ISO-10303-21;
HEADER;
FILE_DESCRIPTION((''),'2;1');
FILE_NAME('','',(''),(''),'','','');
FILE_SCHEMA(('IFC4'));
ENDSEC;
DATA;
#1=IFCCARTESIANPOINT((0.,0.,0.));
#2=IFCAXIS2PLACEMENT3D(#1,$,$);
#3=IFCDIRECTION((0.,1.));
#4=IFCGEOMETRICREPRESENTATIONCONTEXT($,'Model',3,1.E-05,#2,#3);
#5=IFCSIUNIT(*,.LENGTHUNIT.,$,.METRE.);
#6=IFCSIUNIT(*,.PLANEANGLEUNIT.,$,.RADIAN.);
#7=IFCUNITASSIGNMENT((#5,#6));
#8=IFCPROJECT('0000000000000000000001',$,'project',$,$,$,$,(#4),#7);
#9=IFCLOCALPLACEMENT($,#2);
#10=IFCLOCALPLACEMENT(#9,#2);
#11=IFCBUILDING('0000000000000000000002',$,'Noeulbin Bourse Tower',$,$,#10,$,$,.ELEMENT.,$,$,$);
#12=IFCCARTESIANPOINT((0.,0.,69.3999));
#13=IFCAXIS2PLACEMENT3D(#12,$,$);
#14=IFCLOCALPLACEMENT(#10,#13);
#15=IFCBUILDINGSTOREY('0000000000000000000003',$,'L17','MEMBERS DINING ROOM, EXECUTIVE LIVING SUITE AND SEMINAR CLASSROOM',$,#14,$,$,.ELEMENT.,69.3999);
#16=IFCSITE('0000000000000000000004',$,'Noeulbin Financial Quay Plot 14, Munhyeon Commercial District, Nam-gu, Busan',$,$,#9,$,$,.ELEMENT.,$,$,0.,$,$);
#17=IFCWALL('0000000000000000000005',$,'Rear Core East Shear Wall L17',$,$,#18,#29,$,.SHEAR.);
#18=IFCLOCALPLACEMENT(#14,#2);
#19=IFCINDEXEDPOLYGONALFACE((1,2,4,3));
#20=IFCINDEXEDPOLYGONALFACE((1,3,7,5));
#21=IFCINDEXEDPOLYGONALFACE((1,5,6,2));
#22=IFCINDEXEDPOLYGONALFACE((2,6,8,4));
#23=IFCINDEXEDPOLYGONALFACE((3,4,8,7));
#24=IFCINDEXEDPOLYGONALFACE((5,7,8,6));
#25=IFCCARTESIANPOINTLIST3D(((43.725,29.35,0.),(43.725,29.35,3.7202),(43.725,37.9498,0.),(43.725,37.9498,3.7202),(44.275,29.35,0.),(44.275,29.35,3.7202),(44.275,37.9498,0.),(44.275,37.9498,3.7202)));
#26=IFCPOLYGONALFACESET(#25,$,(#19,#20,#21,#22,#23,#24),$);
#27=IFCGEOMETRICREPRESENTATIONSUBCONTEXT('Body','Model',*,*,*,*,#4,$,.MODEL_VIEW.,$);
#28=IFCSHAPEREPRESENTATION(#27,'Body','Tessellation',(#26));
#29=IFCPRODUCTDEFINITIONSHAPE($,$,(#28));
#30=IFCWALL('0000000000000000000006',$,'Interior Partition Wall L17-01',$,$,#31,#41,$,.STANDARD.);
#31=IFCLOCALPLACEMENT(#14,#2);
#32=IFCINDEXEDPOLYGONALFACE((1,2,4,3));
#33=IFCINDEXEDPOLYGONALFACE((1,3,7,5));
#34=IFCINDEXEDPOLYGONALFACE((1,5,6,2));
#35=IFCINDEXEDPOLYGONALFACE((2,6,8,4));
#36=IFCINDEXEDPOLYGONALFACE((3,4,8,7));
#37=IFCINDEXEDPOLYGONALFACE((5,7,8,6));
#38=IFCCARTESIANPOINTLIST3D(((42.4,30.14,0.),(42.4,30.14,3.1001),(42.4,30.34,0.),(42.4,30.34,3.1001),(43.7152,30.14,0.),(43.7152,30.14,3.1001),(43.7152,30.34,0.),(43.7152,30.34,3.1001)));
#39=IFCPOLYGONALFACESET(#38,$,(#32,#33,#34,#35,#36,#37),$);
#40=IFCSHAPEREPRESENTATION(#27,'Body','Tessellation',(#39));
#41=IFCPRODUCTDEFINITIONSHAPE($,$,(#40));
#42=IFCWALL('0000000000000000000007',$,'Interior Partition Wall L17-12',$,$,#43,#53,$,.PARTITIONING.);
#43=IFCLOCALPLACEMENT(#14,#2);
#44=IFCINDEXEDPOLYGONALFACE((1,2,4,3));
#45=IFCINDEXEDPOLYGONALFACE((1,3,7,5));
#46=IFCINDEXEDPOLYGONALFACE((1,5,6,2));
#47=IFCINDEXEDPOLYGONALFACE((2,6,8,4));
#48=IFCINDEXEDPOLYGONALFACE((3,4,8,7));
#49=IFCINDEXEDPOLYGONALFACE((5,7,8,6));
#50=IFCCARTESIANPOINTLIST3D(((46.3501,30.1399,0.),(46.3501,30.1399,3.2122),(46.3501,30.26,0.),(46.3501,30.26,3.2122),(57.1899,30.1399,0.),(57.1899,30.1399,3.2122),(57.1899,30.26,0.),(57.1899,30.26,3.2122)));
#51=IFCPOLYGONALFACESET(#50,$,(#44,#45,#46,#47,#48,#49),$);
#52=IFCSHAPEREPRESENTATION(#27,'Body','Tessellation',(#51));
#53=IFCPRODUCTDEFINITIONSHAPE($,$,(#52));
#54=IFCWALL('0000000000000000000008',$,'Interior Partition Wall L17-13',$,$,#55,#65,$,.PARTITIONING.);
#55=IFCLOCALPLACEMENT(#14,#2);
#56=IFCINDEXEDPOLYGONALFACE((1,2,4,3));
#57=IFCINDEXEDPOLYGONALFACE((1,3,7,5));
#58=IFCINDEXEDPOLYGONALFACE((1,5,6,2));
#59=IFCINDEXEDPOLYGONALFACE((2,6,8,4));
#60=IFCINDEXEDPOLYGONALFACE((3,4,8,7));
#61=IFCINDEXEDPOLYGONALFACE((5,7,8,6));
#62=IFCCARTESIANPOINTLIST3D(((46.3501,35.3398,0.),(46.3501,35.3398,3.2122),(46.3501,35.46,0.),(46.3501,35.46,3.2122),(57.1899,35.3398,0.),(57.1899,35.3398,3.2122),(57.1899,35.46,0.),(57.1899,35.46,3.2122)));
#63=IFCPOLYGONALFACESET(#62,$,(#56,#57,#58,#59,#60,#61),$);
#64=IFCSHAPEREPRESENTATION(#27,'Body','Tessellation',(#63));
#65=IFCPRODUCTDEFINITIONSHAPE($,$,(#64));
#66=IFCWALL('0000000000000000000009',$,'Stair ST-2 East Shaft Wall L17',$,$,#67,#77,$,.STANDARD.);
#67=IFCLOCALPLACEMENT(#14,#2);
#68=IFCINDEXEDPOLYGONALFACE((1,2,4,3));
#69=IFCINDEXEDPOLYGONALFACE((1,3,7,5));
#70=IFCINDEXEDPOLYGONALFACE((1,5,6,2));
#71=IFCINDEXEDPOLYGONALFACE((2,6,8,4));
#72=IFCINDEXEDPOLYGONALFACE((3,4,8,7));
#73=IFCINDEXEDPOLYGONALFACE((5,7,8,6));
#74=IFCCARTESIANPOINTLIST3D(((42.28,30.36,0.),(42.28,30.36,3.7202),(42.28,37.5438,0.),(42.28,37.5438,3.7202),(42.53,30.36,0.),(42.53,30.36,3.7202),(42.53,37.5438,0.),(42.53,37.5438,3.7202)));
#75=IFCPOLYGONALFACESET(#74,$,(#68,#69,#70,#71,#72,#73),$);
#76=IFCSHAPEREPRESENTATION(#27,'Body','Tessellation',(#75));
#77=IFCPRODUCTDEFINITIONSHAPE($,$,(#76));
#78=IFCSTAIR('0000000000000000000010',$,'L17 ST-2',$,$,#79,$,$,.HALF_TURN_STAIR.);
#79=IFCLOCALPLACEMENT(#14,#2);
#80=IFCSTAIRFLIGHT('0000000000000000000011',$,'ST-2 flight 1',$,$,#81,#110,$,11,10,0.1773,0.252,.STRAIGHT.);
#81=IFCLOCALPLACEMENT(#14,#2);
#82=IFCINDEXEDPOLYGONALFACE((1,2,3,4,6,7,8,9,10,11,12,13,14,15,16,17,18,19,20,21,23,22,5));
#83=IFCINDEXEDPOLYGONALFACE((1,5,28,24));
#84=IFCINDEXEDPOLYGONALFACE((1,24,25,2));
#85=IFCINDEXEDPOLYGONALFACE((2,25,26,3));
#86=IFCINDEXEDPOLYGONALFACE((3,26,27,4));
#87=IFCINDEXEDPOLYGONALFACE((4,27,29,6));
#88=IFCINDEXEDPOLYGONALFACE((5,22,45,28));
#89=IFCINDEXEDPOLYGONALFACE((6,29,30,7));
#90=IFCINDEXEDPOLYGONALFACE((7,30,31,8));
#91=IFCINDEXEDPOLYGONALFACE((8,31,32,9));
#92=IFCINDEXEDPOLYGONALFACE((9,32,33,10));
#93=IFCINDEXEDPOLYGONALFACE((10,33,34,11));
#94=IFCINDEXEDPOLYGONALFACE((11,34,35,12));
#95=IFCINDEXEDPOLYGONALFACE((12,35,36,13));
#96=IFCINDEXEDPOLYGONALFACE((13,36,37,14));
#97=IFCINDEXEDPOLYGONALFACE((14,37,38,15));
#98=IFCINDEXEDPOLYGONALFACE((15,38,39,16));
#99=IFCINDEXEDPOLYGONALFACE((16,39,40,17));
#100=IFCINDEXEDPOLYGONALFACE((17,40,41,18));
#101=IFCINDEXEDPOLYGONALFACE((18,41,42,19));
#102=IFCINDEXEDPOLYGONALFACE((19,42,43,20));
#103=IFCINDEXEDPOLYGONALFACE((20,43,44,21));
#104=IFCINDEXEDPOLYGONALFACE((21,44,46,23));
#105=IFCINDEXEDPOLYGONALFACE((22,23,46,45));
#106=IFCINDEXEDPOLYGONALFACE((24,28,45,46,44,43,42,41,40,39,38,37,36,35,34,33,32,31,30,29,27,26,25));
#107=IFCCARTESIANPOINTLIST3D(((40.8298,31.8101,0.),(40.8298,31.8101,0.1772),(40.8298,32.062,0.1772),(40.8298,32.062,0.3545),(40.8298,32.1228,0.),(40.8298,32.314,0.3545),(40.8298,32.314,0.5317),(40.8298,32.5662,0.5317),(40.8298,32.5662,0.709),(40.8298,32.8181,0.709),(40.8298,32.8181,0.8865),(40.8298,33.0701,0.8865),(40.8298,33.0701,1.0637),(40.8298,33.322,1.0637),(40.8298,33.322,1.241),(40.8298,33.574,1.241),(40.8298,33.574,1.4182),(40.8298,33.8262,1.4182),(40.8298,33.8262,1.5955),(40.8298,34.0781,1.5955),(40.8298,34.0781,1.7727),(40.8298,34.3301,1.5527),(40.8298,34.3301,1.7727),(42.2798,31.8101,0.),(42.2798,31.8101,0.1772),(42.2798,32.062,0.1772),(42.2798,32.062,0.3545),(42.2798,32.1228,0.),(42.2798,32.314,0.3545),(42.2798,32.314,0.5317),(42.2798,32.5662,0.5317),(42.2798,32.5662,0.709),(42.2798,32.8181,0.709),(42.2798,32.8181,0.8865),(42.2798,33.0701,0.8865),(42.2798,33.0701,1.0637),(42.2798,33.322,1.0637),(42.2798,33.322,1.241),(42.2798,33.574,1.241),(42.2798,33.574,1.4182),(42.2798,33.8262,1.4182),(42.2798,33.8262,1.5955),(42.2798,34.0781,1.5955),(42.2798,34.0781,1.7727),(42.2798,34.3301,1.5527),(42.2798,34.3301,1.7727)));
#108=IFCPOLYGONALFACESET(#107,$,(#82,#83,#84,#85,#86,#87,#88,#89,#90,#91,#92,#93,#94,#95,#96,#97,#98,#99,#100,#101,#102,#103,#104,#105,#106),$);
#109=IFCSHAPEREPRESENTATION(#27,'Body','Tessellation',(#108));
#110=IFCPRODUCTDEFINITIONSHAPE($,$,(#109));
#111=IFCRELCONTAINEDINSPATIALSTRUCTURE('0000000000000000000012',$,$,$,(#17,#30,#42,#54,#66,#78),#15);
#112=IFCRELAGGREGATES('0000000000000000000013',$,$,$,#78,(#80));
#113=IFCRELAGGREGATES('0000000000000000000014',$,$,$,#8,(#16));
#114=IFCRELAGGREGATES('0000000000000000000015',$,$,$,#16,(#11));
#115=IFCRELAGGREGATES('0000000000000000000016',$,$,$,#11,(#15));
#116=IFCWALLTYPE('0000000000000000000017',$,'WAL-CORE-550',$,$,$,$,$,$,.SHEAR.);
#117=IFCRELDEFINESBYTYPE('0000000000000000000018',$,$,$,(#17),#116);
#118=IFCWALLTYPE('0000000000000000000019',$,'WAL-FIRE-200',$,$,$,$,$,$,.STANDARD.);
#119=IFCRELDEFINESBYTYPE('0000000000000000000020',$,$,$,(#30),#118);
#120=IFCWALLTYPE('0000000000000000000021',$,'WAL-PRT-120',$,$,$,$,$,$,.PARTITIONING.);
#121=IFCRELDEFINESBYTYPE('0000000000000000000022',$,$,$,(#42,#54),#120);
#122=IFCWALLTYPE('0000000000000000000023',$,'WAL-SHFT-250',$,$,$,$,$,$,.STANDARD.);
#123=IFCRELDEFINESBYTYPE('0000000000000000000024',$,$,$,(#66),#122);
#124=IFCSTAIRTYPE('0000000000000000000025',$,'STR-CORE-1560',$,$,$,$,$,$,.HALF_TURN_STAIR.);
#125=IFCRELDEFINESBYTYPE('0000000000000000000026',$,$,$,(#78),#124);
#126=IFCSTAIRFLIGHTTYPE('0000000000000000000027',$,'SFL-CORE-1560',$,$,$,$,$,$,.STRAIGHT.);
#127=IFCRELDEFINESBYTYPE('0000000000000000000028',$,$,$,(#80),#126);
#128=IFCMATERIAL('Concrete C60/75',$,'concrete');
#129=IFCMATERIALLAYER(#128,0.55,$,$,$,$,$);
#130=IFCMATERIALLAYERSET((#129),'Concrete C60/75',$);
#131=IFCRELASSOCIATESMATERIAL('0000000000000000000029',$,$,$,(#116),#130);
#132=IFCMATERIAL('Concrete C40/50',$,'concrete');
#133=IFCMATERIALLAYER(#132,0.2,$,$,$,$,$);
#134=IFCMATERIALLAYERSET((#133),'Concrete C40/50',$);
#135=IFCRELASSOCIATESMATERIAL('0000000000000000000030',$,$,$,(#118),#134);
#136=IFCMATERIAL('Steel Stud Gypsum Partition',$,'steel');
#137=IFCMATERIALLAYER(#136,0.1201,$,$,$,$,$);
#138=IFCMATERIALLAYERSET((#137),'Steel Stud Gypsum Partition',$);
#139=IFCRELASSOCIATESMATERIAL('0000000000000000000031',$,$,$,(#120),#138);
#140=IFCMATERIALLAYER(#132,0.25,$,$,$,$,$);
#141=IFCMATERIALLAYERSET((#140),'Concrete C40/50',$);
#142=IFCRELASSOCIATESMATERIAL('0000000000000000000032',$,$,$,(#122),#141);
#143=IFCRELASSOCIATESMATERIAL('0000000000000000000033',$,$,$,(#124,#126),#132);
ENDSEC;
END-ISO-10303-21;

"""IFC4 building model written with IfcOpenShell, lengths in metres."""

from ifc_helpers import new_model, si_unit, direction, frame, frame_2d, origin, place, context, subcontext, project, spatial, polyline, rectangle, outline, extrude, material, layer, layer_set, type_object, element, aggregate, save


model = new_model("IFC4")

# Units and contexts
model_context = context("Model", 3, precision=1e-05, world=origin(), true_north=direction((0.0, 1.0)))
body_context = subcontext(model_context, "Body", "Model", "MODEL_VIEW")
ifc_project = project(units=[si_unit("LENGTHUNIT", "METRE"), si_unit("PLANEANGLEUNIT", "RADIAN")], contexts=[model_context])

# Site, building, storey
site_placement = place(None, origin())
site = spatial("IfcSite", under=ifc_project, at=site_placement, Name="Noeulbin Financial Quay Plot 14, Munhyeon Commercial District, Nam-gu, Busan", CompositionType="ELEMENT", RefElevation=0.0)
building_placement = place(site_placement, origin())
building = spatial("IfcBuilding", under=site, at=building_placement, Name="Noeulbin Bourse Tower", CompositionType="ELEMENT")
storey_placement = place(building_placement, frame((0.0, 0.0, 69.3999)))
storey = spatial("IfcBuildingStorey", under=building, at=storey_placement, Name="L17", Description="MEMBERS DINING ROOM, EXECUTIVE LIVING SUITE AND SEMINAR CLASSROOM", CompositionType="ELEMENT", Elevation=69.3999)

# Walls
ifc_material_1 = material(Name="Concrete C60/75", Category="concrete")
ifc_layer_1 = layer(ifc_material_1, 0.55)
ifc_layer_set_1 = layer_set([ifc_layer_1], Name="Concrete C60/75")
wall_type_1 = type_object("IfcWallType", Name="WAL-CORE-550", PredefinedType="SHEAR", material=ifc_layer_set_1)
wall_1_placement = place(storey_placement, frame((44.0, 29.3501, 0.0), z_axis=(0.0, 0.0, 1.0), x_axis=(0.0, 1.0, 0.0)))
element("IfcWall", 1, at=wall_1_placement, inside=storey, type_object=wall_type_1, Name="Rear Core East Shear Wall L17", PredefinedType="SHEAR", context=body_context, shape_type="SweptSolid", body=[
    extrude(rectangle(XDim=8.5999, YDim=0.55, at=frame_2d((4.2998, 0.0))), origin(), (0.0, 0.0, 1.0), 3.7202),
])
ifc_material_2 = material(Name="Concrete C40/50", Category="concrete")
ifc_layer_2 = layer(ifc_material_2, 0.2)
ifc_layer_set_2 = layer_set([ifc_layer_2], Name="Concrete C40/50")
wall_type_2 = type_object("IfcWallType", Name="WAL-FIRE-200", PredefinedType="STANDARD", material=ifc_layer_set_2)
wall_2_placement = place(storey_placement, frame((42.3999, 30.24, 0.0), z_axis=(0.0, 0.0, 1.0), x_axis=(1.0, 0.0, 0.0)))
element("IfcWall", 2, at=wall_2_placement, inside=storey, type_object=wall_type_2, Name="Interior Partition Wall L17-01", PredefinedType="STANDARD", context=body_context, shape_type="SweptSolid", body=[
    extrude(rectangle(XDim=1.3152, YDim=0.2, at=frame_2d((0.6577, 0.0))), origin(), (0.0, 0.0, 1.0), 3.1001),
])
ifc_material_3 = material(Name="Steel Stud Gypsum Partition", Category="steel")
ifc_layer_3 = layer(ifc_material_3, 0.1201)
ifc_layer_set_3 = layer_set([ifc_layer_3], Name="Steel Stud Gypsum Partition")
wall_type_3 = type_object("IfcWallType", Name="WAL-PRT-120", PredefinedType="PARTITIONING", material=ifc_layer_set_3)
for number, where, z_axis, x_axis, name in (
    (3, (46.3501, 30.2, 0.0), (0.0, 0.0, 1.0), (1.0, 0.0, 0.0), "Interior Partition Wall L17-12"),
    (4, (46.3501, 35.3999, 0.0), (0.0, 0.0, 1.0), (1.0, 0.0, 0.0), "Interior Partition Wall L17-13"),
):
    element("IfcWall", number, at=place(storey_placement, frame(where, z_axis=z_axis, x_axis=x_axis)), inside=storey, type_object=wall_type_3, Name=name, PredefinedType="PARTITIONING", context=body_context, shape_type="SweptSolid", body=[
        extrude(rectangle(XDim=10.8398, YDim=0.1201, at=frame_2d((5.4199, 0.0))), origin(), (0.0, 0.0, 1.0), 3.2122),
    ])
ifc_layer_4 = layer(ifc_material_2, 0.25)
ifc_layer_set_4 = layer_set([ifc_layer_4], Name="Concrete C40/50")
wall_type_4 = type_object("IfcWallType", Name="WAL-SHFT-250", PredefinedType="STANDARD", material=ifc_layer_set_4)
wall_3_placement = place(storey_placement, frame((42.405, 30.3601, 0.0), z_axis=(0.0, 0.0, 1.0), x_axis=(0.0, 1.0, 0.0)))
element("IfcWall", 5, at=wall_3_placement, inside=storey, type_object=wall_type_4, Name="Stair ST-2 East Shaft Wall L17", PredefinedType="STANDARD", context=body_context, shape_type="SweptSolid", body=[
    extrude(rectangle(XDim=7.1838, YDim=0.25, at=frame_2d((3.5918, 0.0))), origin(), (0.0, 0.0, 1.0), 3.7202),
])

# Stair, stair flight
stair_type = type_object("IfcStairType", Name="STR-CORE-1560", PredefinedType="HALF_TURN_STAIR", material=ifc_material_2)
stair_placement = place(storey_placement, origin())
stair = element("IfcStair", 6, at=stair_placement, inside=storey, type_object=stair_type, Name="L17 ST-2", PredefinedType="HALF_TURN_STAIR")
stair_flight_type = type_object("IfcStairFlightType", Name="SFL-CORE-1560", PredefinedType="STRAIGHT", material=ifc_material_2)
stair_flight_placement = place(storey_placement, frame((41.5549, 31.8101, 0.0), z_axis=(0.0, 0.0, 1.0), x_axis=(0.0, 1.0, 0.0)))
stair_flight = element("IfcStairFlight", 7, at=stair_flight_placement, type_object=stair_flight_type, Name="ST-2 flight 1", NumberOfRisers=11, NumberOfTreads=10, PredefinedType="STRAIGHT", RiserHeight=0.1773, TreadLength=0.252, context=body_context, shape_type="SweptSolid", body=[
    extrude(outline(polyline([(0.0, 0.0), (0.0, 0.1772), (0.252, 0.1772), (0.252, 0.3545), (0.5039, 0.3545), (0.5039, 0.5317), (0.7561, 0.5317), (0.7561, 0.709), (1.0081, 0.709), (1.0081, 0.8865), (1.26, 0.8865), (1.26, 1.0637), (1.512, 1.0637), (1.512, 1.241), (1.7639, 1.241), (1.7639, 1.4182), (2.0161, 1.4182), (2.0161, 1.5955), (2.2681, 1.5955), (2.2681, 1.7727), (2.52, 1.7727), (2.52, 1.95), (2.52, 1.5527), (0.3127, 0.0), (0.0, 0.0)])), frame((0.0, 0.7251, 0.0), z_axis=(0.0, -1.0, 0.0), x_axis=(1.0, 0.0, 0.0)), (0.0, 0.0, 1.0), 1.45),
])
aggregate(stair, [stair_flight])

save(model, "model.ifc")
